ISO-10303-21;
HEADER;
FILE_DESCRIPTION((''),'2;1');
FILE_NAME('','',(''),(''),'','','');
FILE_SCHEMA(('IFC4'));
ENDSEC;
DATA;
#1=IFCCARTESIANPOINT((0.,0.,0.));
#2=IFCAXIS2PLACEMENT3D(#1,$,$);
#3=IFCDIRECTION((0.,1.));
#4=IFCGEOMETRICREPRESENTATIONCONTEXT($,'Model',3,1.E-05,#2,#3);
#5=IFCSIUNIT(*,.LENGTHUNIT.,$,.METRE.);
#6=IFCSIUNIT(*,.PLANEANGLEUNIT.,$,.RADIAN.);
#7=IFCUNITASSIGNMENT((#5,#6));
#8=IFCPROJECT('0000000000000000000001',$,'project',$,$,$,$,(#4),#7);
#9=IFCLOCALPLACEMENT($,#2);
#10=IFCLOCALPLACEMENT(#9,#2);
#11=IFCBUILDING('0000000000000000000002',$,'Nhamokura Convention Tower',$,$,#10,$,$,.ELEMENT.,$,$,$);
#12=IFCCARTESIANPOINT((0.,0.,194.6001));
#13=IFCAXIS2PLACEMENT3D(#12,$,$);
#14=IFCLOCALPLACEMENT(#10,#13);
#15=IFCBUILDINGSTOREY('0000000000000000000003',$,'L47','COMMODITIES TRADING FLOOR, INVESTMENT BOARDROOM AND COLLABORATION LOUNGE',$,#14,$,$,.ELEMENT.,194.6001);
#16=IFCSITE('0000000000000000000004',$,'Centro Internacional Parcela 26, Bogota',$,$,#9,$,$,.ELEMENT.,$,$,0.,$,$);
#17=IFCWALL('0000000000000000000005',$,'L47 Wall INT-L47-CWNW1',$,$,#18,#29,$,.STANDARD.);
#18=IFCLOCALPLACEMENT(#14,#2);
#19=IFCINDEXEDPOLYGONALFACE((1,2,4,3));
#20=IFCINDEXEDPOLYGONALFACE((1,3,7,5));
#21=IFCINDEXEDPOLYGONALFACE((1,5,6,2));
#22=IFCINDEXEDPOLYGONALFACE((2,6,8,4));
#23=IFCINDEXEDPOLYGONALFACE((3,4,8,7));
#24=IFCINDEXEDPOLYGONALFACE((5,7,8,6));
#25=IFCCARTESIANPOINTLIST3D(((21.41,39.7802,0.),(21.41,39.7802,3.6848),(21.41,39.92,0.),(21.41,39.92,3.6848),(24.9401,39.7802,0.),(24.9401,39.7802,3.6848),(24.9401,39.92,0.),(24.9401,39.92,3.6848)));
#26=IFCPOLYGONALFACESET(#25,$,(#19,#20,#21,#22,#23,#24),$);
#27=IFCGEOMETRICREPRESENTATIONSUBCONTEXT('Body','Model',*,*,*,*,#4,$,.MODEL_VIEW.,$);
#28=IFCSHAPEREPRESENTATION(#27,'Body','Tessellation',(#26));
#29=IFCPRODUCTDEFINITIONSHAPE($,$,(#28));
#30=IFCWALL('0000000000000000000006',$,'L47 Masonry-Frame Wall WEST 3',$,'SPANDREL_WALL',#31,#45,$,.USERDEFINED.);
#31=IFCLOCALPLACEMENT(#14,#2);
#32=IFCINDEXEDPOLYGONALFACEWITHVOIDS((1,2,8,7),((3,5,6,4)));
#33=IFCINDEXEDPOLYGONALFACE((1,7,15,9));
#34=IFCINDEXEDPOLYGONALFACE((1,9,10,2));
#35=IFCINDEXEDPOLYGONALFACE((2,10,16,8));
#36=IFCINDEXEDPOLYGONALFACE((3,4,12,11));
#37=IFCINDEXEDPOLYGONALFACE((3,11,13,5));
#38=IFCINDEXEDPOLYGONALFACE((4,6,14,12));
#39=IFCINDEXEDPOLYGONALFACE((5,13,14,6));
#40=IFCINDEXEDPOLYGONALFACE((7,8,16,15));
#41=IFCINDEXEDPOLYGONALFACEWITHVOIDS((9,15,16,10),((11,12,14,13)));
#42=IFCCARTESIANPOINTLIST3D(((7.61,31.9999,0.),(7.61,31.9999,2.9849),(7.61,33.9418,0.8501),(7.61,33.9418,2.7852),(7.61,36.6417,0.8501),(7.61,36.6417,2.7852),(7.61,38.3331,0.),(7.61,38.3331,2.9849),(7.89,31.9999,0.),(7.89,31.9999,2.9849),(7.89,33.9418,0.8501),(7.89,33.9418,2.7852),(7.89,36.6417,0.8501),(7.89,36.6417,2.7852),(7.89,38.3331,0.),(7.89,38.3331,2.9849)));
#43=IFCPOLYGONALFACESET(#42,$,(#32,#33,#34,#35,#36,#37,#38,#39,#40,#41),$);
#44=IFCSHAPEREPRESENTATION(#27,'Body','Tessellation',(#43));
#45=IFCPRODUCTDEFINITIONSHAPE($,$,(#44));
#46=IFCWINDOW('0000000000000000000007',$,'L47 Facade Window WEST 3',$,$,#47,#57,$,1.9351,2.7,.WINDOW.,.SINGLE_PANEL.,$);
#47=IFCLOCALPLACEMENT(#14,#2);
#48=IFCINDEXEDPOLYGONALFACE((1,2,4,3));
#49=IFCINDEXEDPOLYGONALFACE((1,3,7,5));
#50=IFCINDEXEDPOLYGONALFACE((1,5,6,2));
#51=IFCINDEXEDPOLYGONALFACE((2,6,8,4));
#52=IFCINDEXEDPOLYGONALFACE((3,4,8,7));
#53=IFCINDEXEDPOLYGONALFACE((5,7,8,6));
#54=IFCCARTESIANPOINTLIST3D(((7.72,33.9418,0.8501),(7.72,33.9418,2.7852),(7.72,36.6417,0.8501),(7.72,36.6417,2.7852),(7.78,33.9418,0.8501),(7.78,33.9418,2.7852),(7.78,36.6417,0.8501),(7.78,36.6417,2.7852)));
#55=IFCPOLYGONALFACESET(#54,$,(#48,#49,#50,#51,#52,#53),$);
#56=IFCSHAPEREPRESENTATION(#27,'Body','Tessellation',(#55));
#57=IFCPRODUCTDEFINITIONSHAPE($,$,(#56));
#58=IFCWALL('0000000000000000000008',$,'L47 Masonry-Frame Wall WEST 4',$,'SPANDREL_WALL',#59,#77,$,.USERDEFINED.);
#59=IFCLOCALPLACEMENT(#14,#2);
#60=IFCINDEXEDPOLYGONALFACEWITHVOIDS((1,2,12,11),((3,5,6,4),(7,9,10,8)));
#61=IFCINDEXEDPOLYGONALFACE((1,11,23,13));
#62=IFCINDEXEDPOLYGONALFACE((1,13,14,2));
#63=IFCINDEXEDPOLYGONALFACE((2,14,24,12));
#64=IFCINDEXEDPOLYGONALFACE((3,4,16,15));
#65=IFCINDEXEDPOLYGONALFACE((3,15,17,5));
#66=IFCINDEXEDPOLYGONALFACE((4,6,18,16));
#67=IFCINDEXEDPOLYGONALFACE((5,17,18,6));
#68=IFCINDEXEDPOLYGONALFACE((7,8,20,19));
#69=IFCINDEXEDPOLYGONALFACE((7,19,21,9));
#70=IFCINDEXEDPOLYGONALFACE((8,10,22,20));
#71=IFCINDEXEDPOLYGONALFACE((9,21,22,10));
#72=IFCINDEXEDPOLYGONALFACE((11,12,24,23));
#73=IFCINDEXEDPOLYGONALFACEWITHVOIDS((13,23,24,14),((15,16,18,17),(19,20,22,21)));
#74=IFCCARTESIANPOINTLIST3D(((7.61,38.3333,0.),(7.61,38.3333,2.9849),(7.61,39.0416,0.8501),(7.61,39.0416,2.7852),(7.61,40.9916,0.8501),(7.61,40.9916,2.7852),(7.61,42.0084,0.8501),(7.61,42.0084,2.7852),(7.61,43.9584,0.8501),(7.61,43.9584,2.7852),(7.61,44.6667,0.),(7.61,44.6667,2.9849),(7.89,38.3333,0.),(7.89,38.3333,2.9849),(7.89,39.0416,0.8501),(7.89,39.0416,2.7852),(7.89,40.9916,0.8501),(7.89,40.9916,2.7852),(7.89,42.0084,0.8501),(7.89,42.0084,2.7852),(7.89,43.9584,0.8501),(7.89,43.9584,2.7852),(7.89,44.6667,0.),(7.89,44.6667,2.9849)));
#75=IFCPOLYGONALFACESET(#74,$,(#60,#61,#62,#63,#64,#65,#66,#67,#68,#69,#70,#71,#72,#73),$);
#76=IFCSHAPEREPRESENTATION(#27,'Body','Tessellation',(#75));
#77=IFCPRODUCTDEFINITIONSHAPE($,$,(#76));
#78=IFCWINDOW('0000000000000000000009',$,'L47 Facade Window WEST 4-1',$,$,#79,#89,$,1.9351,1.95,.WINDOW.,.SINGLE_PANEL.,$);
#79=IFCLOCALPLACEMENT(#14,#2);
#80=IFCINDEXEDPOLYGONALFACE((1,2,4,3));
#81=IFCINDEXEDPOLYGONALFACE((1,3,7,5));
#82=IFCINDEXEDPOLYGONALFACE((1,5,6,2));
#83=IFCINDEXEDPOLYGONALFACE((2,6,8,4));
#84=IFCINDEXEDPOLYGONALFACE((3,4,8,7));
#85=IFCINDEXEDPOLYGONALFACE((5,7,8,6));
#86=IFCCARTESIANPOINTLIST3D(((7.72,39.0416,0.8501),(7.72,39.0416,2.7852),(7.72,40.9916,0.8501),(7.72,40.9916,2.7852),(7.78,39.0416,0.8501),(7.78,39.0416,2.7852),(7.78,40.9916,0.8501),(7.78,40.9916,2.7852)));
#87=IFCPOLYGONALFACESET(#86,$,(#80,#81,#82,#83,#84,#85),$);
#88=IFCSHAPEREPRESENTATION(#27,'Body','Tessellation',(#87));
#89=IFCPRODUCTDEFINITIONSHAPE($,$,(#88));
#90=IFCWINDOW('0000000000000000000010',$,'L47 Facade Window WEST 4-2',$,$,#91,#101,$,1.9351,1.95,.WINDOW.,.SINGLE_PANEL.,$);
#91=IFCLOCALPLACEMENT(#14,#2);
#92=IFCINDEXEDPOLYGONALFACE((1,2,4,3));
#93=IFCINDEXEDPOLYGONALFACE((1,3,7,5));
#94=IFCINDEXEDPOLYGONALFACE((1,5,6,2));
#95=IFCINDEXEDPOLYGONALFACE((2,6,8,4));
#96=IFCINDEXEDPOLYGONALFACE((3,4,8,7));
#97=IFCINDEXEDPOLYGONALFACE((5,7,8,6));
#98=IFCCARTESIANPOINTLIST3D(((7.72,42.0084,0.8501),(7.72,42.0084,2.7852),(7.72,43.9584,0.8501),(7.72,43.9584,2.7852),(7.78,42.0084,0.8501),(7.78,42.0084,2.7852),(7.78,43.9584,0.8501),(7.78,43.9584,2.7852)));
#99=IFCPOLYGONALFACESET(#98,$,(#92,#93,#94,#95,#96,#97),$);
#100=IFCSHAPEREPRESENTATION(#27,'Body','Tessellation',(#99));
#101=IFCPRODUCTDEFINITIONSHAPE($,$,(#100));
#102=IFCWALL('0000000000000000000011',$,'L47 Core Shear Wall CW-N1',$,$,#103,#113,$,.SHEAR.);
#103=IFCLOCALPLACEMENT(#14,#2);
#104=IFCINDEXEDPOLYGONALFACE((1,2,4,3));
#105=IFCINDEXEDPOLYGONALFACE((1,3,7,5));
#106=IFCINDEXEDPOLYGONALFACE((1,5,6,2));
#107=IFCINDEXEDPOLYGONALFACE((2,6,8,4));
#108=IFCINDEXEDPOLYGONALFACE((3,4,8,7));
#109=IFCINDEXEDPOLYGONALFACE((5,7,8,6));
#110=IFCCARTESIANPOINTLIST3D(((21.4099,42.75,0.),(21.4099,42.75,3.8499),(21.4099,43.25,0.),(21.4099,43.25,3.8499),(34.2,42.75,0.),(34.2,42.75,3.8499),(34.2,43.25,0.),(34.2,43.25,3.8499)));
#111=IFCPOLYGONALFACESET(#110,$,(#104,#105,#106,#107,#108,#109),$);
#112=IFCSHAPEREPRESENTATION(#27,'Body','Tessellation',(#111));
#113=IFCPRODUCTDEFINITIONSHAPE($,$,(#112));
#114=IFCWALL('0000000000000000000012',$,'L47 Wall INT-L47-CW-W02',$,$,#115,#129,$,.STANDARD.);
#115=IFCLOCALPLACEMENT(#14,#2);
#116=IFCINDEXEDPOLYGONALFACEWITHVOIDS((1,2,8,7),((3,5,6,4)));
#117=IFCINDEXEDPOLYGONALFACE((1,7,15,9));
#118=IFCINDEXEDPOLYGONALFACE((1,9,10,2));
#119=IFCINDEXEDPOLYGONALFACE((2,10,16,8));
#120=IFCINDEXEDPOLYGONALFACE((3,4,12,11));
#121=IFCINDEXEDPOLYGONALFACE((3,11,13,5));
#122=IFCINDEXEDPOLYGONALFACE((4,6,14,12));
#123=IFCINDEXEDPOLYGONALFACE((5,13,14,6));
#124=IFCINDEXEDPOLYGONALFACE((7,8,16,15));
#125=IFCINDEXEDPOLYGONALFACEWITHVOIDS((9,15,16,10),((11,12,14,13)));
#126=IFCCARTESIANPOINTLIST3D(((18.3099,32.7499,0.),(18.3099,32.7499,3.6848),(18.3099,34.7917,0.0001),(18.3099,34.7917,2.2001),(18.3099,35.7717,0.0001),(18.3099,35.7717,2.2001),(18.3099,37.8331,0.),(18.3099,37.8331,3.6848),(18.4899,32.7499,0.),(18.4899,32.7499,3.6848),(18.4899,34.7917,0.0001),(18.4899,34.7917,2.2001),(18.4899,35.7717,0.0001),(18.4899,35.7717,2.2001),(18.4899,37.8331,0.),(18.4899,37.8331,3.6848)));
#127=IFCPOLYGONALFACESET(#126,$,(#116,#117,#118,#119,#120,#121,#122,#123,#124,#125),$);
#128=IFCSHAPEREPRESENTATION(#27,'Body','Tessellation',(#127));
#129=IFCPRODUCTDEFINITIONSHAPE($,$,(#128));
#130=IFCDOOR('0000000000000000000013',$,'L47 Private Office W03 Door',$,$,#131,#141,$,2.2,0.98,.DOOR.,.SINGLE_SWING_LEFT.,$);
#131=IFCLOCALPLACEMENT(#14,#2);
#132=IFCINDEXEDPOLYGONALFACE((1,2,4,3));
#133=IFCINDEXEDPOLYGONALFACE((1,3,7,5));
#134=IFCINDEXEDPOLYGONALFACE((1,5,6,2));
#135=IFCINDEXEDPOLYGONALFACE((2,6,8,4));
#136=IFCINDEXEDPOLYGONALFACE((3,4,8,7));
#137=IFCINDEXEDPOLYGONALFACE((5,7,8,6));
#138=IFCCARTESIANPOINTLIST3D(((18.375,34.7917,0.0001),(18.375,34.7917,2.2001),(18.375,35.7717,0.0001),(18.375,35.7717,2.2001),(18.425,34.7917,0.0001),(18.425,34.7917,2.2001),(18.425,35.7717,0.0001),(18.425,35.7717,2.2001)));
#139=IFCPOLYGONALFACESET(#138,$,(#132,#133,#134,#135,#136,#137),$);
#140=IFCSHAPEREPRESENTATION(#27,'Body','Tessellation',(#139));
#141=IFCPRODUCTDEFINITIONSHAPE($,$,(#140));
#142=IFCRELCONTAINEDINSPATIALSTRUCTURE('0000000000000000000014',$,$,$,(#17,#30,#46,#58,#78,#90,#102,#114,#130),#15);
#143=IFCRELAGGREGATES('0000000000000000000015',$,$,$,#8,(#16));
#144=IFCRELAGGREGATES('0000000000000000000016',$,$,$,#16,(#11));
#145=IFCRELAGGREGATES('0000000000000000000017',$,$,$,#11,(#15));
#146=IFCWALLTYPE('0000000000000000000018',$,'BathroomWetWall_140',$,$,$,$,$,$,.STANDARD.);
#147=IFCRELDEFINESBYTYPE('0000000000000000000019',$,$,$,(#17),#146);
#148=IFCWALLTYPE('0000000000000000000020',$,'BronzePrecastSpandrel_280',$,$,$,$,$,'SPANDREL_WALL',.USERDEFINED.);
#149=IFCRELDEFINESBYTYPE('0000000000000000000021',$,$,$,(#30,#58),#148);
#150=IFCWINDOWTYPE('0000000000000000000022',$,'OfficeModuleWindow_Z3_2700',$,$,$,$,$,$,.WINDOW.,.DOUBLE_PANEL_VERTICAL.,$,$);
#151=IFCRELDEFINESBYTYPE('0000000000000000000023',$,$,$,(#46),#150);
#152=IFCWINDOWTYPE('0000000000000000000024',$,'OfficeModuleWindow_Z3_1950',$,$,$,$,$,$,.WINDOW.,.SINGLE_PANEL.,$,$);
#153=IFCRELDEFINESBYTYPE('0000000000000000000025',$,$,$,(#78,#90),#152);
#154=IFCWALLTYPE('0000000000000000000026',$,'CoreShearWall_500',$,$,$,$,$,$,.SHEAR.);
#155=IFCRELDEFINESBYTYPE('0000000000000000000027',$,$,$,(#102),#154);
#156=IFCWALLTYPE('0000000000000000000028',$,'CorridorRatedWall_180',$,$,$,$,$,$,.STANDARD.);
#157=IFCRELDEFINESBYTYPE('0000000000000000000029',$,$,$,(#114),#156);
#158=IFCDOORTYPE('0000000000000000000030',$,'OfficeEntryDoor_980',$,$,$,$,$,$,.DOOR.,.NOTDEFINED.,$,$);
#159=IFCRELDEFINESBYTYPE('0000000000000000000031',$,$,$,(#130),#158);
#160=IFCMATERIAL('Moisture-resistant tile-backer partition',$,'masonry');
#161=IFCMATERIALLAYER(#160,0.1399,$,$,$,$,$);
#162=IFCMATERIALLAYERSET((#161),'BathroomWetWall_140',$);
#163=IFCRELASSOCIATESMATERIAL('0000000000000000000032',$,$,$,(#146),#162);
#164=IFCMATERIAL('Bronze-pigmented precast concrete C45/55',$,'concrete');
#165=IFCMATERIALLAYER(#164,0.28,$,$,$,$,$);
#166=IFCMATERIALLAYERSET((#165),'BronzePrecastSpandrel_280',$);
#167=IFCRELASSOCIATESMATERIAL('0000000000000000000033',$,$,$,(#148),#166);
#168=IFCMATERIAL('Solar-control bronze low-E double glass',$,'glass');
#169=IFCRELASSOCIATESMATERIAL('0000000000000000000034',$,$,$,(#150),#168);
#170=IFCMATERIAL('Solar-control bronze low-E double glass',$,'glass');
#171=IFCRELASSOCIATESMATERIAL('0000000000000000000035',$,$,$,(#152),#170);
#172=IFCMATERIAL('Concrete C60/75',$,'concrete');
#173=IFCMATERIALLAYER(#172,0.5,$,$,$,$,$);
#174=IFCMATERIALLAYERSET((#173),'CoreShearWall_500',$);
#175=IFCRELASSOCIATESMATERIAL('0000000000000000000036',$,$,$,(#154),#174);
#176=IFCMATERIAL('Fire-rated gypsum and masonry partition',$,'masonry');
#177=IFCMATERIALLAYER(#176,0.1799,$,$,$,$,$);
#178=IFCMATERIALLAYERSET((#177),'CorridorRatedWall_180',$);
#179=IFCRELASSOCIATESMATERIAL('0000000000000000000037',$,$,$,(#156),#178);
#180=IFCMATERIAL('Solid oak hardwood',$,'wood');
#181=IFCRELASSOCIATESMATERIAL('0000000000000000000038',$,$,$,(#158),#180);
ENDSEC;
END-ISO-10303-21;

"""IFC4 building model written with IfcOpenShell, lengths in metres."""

from ifc_helpers import new_model, si_unit, direction, frame, frame_2d, origin, place, context, subcontext, project, spatial, rectangle, extrude, material, layer, layer_set, type_object, element, fill, save


model = new_model("IFC4")

# Units and contexts
model_context = context("Model", 3, precision=1e-05, world=origin(), true_north=direction((0.0, 1.0)))
body_context = subcontext(model_context, "Body", "Model", "MODEL_VIEW")
ifc_project = project(units=[si_unit("LENGTHUNIT", "METRE"), si_unit("PLANEANGLEUNIT", "RADIAN")], contexts=[model_context])

# Site, building, storey
site_placement = place(None, origin())
site = spatial("IfcSite", under=ifc_project, at=site_placement, Name="Centro Internacional Parcela 26, Bogota", CompositionType="ELEMENT", RefElevation=0.0)
building_placement = place(site_placement, origin())
building = spatial("IfcBuilding", under=site, at=building_placement, Name="Nhamokura Convention Tower", CompositionType="ELEMENT")
storey_placement = place(building_placement, frame((0.0, 0.0, 194.6001)))
storey = spatial("IfcBuildingStorey", under=building, at=storey_placement, Name="L47", Description="COMMODITIES TRADING FLOOR, INVESTMENT BOARDROOM AND COLLABORATION LOUNGE", CompositionType="ELEMENT", Elevation=194.6001)

# Wall
ifc_material_1 = material(Name="Moisture-resistant tile-backer partition", Category="masonry")
ifc_layer_1 = layer(ifc_material_1, 0.1399)
ifc_layer_set_1 = layer_set([ifc_layer_1], Name="BathroomWetWall_140")
wall_type_1 = type_object("IfcWallType", Name="BathroomWetWall_140", PredefinedType="STANDARD", material=ifc_layer_set_1)
wall_1_placement = place(storey_placement, frame((21.4099, 39.8501, 0.0), z_axis=(0.0, 0.0, 1.0), x_axis=(1.0, 0.0, 0.0)))
element("IfcWall", 1, at=wall_1_placement, inside=storey, type_object=wall_type_1, Name="L47 Wall INT-L47-CWNW1", PredefinedType="STANDARD", context=body_context, shape_type="SweptSolid", body=[
    extrude(rectangle(XDim=3.53, YDim=0.1399, at=frame_2d((1.7651, 0.0))), origin(), (0.0, 0.0, 1.0), 3.6848),
])

# Wall, opening, window
ifc_material_2 = material(Name="Bronze-pigmented precast concrete C45/55", Category="concrete")
ifc_layer_2 = layer(ifc_material_2, 0.28)
ifc_layer_set_2 = layer_set([ifc_layer_2], Name="BronzePrecastSpandrel_280")
wall_type_2 = type_object("IfcWallType", Name="BronzePrecastSpandrel_280", ElementType="SPANDREL_WALL", PredefinedType="USERDEFINED", material=ifc_layer_set_2)
wall_2_placement = place(storey_placement, frame((7.75, 32.0, 0.0), z_axis=(0.0, 0.0, 1.0), x_axis=(0.0, 1.0, 0.0)))
wall_2 = element("IfcWall", 2, at=wall_2_placement, inside=storey, type_object=wall_type_2, Name="L47 Masonry-Frame Wall WEST 3", ObjectType="SPANDREL_WALL", PredefinedType="USERDEFINED", context=body_context, shape_type="SweptSolid", body=[
    extrude(rectangle(XDim=6.3333, YDim=0.28, at=frame_2d((3.1665, 0.0))), origin(), (0.0, 0.0, 1.0), 2.9849),
])
opening_1_placement = place(wall_2_placement, frame((1.9417, 0.0, 0.8501)))
opening_1 = element("IfcOpeningElement", 3, at=opening_1_placement, cuts=wall_2, PredefinedType="OPENING", context=body_context, shape_type="SweptSolid", body=[
    extrude(rectangle(XDim=2.7, YDim=1.9351, at=frame_2d((1.3501, 0.9675))), frame((0.0, 0.1499, 0.0), z_axis=(0.0, -1.0, 0.0), x_axis=(1.0, 0.0, 0.0)), (0.0, 0.0, 1.0), 0.3),
])
ifc_material_3 = material(Name="Solar-control bronze low-E double glass", Category="glass")
window_type_1 = type_object("IfcWindowType", Name="OfficeModuleWindow_Z3_2700", PartitioningType="DOUBLE_PANEL_VERTICAL", PredefinedType="WINDOW", material=ifc_material_3)
window_1_placement = place(opening_1_placement, origin())
window_1 = element("IfcWindow", 4, at=window_1_placement, inside=storey, type_object=window_type_1, Name="L47 Facade Window WEST 3", OverallHeight=1.9351, OverallWidth=2.7, PartitioningType="SINGLE_PANEL", PredefinedType="WINDOW", context=body_context, shape_type="SweptSolid", body=[
    extrude(rectangle(XDim=2.7, YDim=1.9351, at=frame_2d((1.3501, 0.9675))), frame((0.0, 0.03, 0.0), z_axis=(0.0, -1.0, 0.0), x_axis=(1.0, 0.0, 0.0)), (0.0, 0.0, 1.0), 0.0601),
])
fill(opening_1, window_1)

# Wall, openings, windows
wall_3_placement = place(storey_placement, frame((7.75, 38.3333, 0.0), z_axis=(0.0, 0.0, 1.0), x_axis=(0.0, 1.0, 0.0)))
wall_3 = element("IfcWall", 5, at=wall_3_placement, inside=storey, type_object=wall_type_2, Name="L47 Masonry-Frame Wall WEST 4", ObjectType="SPANDREL_WALL", PredefinedType="USERDEFINED", context=body_context, shape_type="SweptSolid", body=[
    extrude(rectangle(XDim=6.3335, YDim=0.28, at=frame_2d((3.1667, 0.0))), origin(), (0.0, 0.0, 1.0), 2.9849),
])
opening_2_placement = place(wall_3_placement, frame((0.7083, 0.0, 0.8501)))
opening_2 = element("IfcOpeningElement", 6, at=opening_2_placement, cuts=wall_3, PredefinedType="OPENING", context=body_context, shape_type="SweptSolid", body=[
    extrude(rectangle(XDim=1.95, YDim=1.9351, at=frame_2d((0.9751, 0.9675))), frame((0.0, 0.1499, 0.0), z_axis=(0.0, -1.0, 0.0), x_axis=(1.0, 0.0, 0.0)), (0.0, 0.0, 1.0), 0.3),
])
opening_3_placement = place(wall_3_placement, frame((3.675, 0.0, 0.8501)))
opening_3 = element("IfcOpeningElement", 7, at=opening_3_placement, cuts=wall_3, PredefinedType="OPENING", context=body_context, shape_type="SweptSolid", body=[
    extrude(rectangle(XDim=1.95, YDim=1.9351, at=frame_2d((0.9751, 0.9675))), frame((0.0, 0.1499, 0.0), z_axis=(0.0, -1.0, 0.0), x_axis=(1.0, 0.0, 0.0)), (0.0, 0.0, 1.0), 0.3),
])
ifc_material_4 = material(Name="Solar-control bronze low-E double glass", Category="glass")
window_type_2 = type_object("IfcWindowType", Name="OfficeModuleWindow_Z3_1950", PartitioningType="SINGLE_PANEL", PredefinedType="WINDOW", material=ifc_material_4)
window_2_placement = place(opening_2_placement, origin())
window_2 = element("IfcWindow", 8, at=window_2_placement, inside=storey, type_object=window_type_2, Name="L47 Facade Window WEST 4-1", OverallHeight=1.9351, OverallWidth=1.95, PartitioningType="SINGLE_PANEL", PredefinedType="WINDOW", context=body_context, shape_type="SweptSolid", body=[
    extrude(rectangle(XDim=1.95, YDim=1.9351, at=frame_2d((0.9751, 0.9675))), frame((0.0, 0.03, 0.0), z_axis=(0.0, -1.0, 0.0), x_axis=(1.0, 0.0, 0.0)), (0.0, 0.0, 1.0), 0.0601),
])
fill(opening_2, window_2)
window_3_placement = place(opening_3_placement, origin())
window_3 = element("IfcWindow", 9, at=window_3_placement, inside=storey, type_object=window_type_2, Name="L47 Facade Window WEST 4-2", OverallHeight=1.9351, OverallWidth=1.95, PartitioningType="SINGLE_PANEL", PredefinedType="WINDOW", context=body_context, shape_type="SweptSolid", body=[
    extrude(rectangle(XDim=1.95, YDim=1.9351, at=frame_2d((0.9751, 0.9675))), frame((0.0, 0.03, 0.0), z_axis=(0.0, -1.0, 0.0), x_axis=(1.0, 0.0, 0.0)), (0.0, 0.0, 1.0), 0.0601),
])
fill(opening_3, window_3)

# Wall
ifc_material_5 = material(Name="Concrete C60/75", Category="concrete")
ifc_layer_3 = layer(ifc_material_5, 0.5)
ifc_layer_set_3 = layer_set([ifc_layer_3], Name="CoreShearWall_500")
wall_type_3 = type_object("IfcWallType", Name="CoreShearWall_500", PredefinedType="SHEAR", material=ifc_layer_set_3)
wall_4_placement = place(storey_placement, frame((21.4099, 43.0, 0.0), z_axis=(0.0, 0.0, 1.0), x_axis=(1.0, 0.0, 0.0)))
element("IfcWall", 10, at=wall_4_placement, inside=storey, type_object=wall_type_3, Name="L47 Core Shear Wall CW-N1", PredefinedType="SHEAR", context=body_context, shape_type="SweptSolid", body=[
    extrude(rectangle(XDim=12.79, YDim=0.5, at=frame_2d((6.395, 0.0))), origin(), (0.0, 0.0, 1.0), 3.8499),
])

# Wall, opening, door
ifc_material_6 = material(Name="Fire-rated gypsum and masonry partition", Category="masonry")
ifc_layer_4 = layer(ifc_material_6, 0.1799)
ifc_layer_set_4 = layer_set([ifc_layer_4], Name="CorridorRatedWall_180")
wall_type_4 = type_object("IfcWallType", Name="CorridorRatedWall_180", PredefinedType="STANDARD", material=ifc_layer_set_4)
wall_5_placement = place(storey_placement, frame((18.3999, 32.75, 0.0), z_axis=(0.0, 0.0, 1.0), x_axis=(0.0, 1.0, 0.0)))
wall_5 = element("IfcWall", 11, at=wall_5_placement, inside=storey, type_object=wall_type_4, Name="L47 Wall INT-L47-CW-W02", PredefinedType="STANDARD", context=body_context, shape_type="SweptSolid", body=[
    extrude(rectangle(XDim=5.0833, YDim=0.1799, at=frame_2d((2.5415, 0.0))), origin(), (0.0, 0.0, 1.0), 3.6848),
])
opening_4_placement = place(wall_5_placement, frame((2.0417, 0.0, 0.0)))
opening_4 = element("IfcOpeningElement", 12, at=opening_4_placement, cuts=wall_5, PredefinedType="OPENING", context=body_context, shape_type="SweptSolid", body=[
    extrude(rectangle(XDim=0.98, YDim=2.2, at=frame_2d((0.49, 1.1001))), frame((0.0, 0.0999, 0.0), z_axis=(0.0, -1.0, 0.0), x_axis=(1.0, 0.0, 0.0)), (0.0, 0.0, 1.0), 0.2),
])
ifc_material_7 = material(Name="Solid oak hardwood", Category="wood")
door_type_1 = type_object("IfcDoorType", Name="OfficeEntryDoor_980", OperationType="NOTDEFINED", PredefinedType="DOOR", material=ifc_material_7)
door_1_placement = place(opening_4_placement, origin())
door_1 = element("IfcDoor", 13, at=door_1_placement, inside=storey, type_object=door_type_1, Name="L47 Private Office W03 Door", OperationType="SINGLE_SWING_LEFT", OverallHeight=2.2, OverallWidth=0.98, PredefinedType="DOOR", context=body_context, shape_type="SweptSolid", body=[
    extrude(rectangle(XDim=0.98, YDim=2.2, at=frame_2d((0.49, 1.1001))), frame((0.0, 0.0249, 0.0), z_axis=(0.0, -1.0, 0.0), x_axis=(1.0, 0.0, 0.0)), (0.0, 0.0, 1.0), 0.05),
])
fill(opening_4, door_1)

save(model, "model.ifc")
